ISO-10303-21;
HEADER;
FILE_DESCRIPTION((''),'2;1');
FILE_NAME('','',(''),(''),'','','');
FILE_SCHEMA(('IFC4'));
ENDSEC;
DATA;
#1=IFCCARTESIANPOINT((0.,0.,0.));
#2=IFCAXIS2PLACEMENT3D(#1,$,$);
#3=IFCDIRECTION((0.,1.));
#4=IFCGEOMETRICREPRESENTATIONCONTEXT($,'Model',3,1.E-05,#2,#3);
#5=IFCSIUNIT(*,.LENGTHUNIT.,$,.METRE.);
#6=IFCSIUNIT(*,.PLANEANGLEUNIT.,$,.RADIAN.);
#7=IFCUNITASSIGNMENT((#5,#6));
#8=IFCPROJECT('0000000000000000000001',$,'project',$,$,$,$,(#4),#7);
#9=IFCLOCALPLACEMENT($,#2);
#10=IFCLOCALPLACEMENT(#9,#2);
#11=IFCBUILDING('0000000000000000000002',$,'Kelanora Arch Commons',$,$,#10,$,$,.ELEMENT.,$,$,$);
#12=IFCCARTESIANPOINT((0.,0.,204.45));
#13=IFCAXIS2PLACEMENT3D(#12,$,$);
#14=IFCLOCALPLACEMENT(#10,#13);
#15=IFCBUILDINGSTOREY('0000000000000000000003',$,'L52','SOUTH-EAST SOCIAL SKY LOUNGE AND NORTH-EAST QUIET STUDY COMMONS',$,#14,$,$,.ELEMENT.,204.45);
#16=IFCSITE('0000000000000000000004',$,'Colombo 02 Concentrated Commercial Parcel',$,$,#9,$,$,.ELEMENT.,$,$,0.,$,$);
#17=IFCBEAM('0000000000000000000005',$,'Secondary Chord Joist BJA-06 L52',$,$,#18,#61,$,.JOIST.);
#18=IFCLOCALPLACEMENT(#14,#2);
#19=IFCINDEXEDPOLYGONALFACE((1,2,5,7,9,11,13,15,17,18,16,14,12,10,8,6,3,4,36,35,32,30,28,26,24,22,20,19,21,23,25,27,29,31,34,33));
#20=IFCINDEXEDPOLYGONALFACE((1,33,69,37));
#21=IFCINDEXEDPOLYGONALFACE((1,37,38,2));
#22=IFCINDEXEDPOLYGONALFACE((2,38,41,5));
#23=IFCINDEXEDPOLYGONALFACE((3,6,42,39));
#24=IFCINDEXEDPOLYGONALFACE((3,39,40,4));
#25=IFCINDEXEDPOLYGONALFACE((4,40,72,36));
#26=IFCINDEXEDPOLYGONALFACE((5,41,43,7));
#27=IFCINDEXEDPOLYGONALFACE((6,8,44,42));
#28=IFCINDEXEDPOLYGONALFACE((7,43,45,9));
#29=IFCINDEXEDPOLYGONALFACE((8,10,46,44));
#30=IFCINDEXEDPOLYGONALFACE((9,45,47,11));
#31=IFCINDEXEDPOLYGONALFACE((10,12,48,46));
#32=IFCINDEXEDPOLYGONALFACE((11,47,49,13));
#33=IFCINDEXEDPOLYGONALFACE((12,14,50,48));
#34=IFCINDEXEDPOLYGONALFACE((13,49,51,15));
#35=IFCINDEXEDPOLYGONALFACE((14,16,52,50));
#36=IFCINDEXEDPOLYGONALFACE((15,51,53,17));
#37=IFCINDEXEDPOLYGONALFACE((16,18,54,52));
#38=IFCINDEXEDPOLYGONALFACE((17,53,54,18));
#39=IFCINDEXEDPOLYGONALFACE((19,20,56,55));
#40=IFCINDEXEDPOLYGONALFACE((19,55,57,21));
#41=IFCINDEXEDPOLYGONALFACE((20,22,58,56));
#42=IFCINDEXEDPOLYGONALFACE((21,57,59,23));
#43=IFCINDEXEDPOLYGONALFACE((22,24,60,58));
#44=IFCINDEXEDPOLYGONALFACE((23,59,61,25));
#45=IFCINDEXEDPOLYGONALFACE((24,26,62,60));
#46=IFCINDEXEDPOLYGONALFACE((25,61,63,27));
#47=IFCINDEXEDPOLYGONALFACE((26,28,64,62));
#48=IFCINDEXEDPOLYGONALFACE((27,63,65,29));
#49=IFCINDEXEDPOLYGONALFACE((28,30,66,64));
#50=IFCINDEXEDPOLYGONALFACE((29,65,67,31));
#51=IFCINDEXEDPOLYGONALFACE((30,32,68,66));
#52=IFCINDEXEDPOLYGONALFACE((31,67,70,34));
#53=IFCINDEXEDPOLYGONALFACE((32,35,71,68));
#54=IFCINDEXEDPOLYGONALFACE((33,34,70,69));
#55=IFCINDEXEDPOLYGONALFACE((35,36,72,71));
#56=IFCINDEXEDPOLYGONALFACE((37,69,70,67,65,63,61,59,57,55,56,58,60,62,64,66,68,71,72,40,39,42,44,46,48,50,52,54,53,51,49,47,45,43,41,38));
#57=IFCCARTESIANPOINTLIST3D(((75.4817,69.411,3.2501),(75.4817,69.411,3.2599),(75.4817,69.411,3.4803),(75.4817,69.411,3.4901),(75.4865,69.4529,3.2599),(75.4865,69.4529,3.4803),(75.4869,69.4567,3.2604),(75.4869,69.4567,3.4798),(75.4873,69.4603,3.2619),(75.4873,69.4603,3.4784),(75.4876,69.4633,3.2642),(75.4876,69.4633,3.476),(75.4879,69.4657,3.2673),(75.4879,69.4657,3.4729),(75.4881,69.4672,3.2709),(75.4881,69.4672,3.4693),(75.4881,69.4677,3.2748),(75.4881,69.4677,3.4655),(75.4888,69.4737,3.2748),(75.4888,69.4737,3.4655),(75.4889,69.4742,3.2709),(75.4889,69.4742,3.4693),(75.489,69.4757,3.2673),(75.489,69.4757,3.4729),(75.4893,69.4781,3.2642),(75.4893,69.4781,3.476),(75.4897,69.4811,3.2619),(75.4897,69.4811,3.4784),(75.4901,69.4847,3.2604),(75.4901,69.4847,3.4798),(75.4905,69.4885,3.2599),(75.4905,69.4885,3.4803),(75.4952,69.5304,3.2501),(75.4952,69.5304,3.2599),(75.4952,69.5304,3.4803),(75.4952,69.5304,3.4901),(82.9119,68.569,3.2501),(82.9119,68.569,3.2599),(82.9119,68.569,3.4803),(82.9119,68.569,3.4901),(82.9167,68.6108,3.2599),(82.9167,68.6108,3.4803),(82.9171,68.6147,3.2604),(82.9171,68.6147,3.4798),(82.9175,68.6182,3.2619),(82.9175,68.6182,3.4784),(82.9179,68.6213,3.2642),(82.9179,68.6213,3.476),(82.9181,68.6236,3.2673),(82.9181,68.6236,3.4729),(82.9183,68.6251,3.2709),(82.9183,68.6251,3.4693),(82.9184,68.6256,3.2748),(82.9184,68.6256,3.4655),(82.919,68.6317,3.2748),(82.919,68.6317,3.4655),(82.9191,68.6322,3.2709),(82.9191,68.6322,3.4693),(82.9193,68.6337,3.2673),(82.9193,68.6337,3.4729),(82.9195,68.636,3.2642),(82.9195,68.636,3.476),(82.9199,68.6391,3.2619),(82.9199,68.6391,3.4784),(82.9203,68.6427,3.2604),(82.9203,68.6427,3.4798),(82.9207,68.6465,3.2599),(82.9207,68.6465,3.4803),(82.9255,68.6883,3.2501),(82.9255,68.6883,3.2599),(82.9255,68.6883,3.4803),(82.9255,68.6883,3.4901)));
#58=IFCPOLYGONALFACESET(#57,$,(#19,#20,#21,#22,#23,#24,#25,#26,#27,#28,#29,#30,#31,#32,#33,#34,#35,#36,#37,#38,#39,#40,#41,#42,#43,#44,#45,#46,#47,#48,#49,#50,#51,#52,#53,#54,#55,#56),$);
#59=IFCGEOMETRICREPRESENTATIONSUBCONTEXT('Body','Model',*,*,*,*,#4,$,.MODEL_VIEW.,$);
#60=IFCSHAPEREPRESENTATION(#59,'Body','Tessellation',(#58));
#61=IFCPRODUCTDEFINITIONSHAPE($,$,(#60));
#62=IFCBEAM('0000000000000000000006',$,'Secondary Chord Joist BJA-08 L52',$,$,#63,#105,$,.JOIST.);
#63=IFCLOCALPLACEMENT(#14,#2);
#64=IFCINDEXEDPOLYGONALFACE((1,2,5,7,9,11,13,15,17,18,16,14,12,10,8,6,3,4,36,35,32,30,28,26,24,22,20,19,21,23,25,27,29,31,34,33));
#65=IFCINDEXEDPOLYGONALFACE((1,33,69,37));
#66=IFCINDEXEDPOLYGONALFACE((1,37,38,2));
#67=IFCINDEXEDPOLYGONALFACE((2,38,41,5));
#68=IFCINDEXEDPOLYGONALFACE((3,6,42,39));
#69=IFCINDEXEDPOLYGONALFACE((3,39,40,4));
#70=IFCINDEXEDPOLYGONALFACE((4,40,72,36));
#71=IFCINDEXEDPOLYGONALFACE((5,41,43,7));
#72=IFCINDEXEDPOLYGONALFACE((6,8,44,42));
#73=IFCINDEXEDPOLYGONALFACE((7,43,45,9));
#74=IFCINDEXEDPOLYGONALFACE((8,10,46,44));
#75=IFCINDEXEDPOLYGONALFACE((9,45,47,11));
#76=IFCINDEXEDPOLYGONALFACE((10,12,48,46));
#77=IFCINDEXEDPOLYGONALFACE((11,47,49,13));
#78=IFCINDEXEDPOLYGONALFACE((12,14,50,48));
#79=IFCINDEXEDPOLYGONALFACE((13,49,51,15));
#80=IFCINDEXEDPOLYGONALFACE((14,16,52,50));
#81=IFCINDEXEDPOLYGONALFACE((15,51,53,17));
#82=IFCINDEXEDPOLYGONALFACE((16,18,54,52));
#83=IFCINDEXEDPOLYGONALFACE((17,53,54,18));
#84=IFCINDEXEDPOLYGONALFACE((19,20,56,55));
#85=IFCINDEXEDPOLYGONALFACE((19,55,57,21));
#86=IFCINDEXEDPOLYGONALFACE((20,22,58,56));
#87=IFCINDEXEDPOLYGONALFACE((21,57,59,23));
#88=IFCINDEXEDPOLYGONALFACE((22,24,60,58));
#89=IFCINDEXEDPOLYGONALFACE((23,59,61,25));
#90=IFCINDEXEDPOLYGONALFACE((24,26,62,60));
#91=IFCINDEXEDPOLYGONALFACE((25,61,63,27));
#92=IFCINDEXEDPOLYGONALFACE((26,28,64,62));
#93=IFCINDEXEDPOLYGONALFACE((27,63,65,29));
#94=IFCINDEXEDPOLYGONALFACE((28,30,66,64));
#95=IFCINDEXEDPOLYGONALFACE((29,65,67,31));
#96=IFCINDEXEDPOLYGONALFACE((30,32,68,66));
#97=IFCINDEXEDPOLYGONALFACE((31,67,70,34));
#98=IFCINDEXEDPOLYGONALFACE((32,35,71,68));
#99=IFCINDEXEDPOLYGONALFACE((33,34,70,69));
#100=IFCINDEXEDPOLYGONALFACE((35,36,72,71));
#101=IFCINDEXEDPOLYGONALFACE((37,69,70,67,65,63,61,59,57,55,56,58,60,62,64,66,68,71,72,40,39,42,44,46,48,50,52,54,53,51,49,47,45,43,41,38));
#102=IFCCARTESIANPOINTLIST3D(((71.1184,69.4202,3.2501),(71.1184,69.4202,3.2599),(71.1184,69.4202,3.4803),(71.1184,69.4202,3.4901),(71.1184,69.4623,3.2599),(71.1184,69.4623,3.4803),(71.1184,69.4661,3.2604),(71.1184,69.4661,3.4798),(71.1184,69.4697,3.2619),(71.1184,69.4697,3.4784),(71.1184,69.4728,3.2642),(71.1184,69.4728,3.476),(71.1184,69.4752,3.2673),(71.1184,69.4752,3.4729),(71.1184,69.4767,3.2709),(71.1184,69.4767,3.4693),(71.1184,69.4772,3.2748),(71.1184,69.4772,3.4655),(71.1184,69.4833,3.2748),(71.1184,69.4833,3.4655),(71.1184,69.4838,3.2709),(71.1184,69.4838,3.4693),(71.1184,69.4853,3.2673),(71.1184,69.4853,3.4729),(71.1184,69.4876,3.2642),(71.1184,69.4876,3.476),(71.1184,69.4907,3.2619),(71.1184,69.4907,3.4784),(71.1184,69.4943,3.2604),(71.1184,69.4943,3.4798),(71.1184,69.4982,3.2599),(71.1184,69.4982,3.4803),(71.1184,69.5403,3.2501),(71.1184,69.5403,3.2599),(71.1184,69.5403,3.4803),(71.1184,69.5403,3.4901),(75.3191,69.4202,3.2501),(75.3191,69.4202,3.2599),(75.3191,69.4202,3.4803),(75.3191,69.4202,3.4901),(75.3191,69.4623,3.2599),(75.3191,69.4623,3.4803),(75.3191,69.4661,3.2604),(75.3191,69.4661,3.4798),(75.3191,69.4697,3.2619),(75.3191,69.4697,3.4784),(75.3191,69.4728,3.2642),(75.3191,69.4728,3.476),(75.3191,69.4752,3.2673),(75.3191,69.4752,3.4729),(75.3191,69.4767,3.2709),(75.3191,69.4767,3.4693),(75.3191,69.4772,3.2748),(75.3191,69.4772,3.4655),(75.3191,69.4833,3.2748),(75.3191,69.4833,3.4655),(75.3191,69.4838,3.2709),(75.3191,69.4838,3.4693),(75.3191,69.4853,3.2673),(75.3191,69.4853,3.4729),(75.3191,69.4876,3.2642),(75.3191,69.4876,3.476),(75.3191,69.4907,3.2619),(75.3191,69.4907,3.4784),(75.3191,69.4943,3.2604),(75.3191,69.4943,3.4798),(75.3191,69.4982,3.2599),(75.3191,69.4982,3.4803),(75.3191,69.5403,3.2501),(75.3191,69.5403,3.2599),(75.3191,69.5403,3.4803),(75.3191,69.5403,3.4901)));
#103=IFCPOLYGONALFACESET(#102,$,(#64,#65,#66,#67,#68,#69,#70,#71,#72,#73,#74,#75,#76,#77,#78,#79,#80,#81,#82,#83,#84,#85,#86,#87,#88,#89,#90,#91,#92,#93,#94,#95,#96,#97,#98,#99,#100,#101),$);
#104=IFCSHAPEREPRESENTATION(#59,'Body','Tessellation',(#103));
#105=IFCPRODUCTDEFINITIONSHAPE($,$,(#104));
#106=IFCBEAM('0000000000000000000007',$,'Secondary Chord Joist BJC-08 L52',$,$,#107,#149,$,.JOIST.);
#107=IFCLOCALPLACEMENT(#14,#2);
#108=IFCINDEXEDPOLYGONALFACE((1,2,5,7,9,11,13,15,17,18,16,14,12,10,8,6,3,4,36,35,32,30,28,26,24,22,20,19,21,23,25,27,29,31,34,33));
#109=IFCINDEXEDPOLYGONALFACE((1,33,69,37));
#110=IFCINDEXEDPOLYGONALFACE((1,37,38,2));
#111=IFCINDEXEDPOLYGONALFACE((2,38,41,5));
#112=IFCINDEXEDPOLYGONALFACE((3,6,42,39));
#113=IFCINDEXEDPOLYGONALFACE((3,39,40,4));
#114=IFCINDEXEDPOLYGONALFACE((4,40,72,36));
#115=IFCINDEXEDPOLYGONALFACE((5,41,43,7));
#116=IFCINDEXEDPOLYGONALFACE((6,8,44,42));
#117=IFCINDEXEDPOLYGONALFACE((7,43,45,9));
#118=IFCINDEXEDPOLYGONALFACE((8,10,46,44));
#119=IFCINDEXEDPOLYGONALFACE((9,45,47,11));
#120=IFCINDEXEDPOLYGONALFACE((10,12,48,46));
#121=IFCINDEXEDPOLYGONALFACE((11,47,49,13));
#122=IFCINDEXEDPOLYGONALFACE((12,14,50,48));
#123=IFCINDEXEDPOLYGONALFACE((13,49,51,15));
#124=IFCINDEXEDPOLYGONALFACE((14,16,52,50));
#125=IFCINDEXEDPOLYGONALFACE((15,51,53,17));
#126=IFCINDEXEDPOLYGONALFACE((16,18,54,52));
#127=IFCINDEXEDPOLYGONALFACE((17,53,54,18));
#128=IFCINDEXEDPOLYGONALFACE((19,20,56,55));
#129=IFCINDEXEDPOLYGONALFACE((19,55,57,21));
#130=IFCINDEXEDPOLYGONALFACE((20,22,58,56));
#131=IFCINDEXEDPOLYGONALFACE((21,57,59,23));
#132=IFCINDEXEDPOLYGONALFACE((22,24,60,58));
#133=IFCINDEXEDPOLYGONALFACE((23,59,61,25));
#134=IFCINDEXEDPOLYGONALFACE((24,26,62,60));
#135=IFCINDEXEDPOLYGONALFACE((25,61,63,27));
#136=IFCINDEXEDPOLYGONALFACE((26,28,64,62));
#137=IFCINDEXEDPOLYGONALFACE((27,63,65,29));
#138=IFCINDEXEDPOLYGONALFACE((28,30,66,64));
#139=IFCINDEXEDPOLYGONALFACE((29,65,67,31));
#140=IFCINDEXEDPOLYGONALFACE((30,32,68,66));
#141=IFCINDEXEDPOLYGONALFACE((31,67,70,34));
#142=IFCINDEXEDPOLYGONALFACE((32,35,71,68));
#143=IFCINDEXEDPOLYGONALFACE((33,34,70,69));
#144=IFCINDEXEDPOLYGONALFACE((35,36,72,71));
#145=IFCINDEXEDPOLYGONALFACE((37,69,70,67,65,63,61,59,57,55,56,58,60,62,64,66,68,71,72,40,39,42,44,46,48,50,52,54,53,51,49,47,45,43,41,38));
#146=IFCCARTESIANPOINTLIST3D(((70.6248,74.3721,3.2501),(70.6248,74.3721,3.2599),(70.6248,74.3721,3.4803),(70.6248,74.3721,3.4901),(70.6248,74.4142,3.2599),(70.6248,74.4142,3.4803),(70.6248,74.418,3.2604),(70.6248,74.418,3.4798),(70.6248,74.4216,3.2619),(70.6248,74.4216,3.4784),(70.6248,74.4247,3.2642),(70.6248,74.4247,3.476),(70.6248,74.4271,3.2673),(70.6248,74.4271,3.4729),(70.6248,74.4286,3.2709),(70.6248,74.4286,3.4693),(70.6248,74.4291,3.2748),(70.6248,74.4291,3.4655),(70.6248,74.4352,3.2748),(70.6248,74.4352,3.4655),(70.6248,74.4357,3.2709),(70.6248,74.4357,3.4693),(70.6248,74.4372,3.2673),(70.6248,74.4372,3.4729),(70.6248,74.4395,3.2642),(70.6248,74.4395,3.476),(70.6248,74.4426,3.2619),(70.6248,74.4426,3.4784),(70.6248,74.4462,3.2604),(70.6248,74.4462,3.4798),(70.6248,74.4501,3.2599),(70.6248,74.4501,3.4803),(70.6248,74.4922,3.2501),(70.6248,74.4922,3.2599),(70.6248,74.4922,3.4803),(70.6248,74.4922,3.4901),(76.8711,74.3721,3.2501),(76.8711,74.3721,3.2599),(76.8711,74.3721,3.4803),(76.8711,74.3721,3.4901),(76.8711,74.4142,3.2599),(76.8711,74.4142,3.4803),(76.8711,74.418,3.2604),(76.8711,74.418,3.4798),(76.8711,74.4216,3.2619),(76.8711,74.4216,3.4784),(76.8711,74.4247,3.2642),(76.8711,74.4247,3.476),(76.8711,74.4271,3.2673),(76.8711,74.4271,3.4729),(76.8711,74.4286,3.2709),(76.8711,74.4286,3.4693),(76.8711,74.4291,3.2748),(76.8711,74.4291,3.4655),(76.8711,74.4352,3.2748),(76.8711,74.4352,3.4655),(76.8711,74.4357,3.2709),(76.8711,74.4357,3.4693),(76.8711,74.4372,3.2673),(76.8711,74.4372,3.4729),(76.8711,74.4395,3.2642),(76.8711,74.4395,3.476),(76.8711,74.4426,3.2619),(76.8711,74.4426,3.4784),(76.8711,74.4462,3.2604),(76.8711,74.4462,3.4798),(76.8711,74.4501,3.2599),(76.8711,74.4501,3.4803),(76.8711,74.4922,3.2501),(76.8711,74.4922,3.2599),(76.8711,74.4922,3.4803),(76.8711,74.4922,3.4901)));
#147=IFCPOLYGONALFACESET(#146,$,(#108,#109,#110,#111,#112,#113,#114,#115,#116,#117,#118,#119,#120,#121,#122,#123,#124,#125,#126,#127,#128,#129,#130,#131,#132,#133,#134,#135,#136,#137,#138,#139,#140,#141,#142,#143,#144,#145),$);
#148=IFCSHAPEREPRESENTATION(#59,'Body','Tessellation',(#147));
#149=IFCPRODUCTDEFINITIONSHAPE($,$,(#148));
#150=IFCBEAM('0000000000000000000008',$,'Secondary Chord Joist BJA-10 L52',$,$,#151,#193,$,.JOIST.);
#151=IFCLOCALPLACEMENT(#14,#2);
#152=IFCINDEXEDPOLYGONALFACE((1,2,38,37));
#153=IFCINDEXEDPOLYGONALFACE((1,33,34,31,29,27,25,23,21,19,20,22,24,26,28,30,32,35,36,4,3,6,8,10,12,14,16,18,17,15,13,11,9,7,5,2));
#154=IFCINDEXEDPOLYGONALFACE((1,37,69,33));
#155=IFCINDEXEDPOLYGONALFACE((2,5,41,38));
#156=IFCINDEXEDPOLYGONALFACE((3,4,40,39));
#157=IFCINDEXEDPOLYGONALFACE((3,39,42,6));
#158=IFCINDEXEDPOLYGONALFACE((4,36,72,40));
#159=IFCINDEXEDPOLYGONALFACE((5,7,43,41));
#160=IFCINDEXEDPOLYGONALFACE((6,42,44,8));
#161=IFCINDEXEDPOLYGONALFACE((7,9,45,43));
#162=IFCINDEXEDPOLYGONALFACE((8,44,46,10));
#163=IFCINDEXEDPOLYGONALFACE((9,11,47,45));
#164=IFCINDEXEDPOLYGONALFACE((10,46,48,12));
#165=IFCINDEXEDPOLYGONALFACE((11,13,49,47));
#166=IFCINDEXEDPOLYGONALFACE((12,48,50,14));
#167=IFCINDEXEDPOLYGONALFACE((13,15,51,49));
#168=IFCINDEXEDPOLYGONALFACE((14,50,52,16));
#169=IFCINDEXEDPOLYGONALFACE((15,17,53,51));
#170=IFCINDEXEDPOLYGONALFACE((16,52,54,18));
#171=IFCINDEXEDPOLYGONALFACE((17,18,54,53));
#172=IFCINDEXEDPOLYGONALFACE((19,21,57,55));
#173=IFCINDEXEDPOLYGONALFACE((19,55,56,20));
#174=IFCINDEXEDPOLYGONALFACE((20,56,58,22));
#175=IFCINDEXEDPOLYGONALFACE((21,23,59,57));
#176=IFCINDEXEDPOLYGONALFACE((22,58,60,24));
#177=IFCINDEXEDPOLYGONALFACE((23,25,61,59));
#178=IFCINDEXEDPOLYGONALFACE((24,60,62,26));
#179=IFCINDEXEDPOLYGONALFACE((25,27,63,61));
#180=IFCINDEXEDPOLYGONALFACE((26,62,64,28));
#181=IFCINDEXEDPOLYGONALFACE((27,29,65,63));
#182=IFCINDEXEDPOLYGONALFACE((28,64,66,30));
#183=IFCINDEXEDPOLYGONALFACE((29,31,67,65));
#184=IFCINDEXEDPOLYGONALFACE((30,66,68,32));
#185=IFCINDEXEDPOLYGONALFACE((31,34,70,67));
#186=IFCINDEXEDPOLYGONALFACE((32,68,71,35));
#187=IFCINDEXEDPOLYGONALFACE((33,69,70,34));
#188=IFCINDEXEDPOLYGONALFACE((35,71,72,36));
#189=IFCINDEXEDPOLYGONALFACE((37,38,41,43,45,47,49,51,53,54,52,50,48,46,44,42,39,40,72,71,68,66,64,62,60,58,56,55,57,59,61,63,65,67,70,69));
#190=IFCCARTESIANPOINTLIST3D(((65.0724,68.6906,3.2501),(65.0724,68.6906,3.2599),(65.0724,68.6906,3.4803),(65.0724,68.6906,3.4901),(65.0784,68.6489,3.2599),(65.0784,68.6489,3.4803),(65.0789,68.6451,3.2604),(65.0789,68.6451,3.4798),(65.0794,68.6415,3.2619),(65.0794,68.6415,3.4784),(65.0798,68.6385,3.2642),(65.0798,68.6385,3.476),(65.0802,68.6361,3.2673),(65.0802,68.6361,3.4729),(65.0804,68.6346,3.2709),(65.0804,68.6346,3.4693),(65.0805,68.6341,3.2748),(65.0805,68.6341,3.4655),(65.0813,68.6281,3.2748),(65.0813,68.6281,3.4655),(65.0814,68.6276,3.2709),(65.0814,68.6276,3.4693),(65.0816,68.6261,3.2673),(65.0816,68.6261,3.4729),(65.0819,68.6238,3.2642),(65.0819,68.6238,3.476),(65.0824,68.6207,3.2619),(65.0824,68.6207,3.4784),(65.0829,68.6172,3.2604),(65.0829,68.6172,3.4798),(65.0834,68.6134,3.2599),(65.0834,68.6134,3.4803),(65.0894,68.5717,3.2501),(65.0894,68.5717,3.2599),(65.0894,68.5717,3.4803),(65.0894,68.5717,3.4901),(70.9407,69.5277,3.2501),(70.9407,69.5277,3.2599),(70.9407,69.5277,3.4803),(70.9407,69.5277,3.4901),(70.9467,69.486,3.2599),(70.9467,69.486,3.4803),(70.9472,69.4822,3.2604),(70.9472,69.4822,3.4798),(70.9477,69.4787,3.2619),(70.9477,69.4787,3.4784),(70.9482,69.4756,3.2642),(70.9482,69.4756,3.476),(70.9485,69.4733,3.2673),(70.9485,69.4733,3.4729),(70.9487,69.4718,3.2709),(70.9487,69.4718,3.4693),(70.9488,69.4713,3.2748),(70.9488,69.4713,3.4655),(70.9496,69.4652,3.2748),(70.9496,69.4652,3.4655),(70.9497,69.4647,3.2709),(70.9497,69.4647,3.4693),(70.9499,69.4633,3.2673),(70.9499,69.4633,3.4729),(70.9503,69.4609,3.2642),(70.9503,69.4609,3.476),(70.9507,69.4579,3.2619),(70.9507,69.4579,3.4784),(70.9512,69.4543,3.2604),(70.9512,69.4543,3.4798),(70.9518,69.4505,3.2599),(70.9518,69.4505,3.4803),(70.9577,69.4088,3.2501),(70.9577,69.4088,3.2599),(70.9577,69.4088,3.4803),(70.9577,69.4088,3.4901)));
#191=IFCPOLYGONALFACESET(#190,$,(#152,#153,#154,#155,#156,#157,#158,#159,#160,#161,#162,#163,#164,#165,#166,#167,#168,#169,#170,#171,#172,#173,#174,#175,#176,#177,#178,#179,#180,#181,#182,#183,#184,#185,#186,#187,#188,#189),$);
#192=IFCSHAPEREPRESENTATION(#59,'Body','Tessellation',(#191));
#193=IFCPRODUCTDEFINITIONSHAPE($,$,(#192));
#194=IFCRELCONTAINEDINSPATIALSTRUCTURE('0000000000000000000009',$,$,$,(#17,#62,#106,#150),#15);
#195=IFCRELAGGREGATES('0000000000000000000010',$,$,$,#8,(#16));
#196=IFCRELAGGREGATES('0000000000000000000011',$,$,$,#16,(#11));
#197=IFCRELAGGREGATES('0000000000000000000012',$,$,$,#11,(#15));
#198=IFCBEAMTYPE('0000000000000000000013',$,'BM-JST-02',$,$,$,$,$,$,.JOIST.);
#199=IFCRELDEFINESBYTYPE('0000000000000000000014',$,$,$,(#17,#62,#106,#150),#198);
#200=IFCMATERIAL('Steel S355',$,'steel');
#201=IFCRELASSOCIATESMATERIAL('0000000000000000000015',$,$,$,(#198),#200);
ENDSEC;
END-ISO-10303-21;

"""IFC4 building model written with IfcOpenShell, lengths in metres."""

from ifc_helpers import new_model, si_unit, direction, frame, origin, origin_2d, place, context, subcontext, project, spatial, i_section, extrude, material, material_profile, profile_set, type_object, element, save


model = new_model("IFC4")

# Units and contexts
model_context = context("Model", 3, precision=1e-05, world=origin(), true_north=direction((0.0, 1.0)))
body_context = subcontext(model_context, "Body", "Model", "MODEL_VIEW")
ifc_project = project(units=[si_unit("LENGTHUNIT", "METRE"), si_unit("PLANEANGLEUNIT", "RADIAN")], contexts=[model_context])

# Site, building, storey
site_placement = place(None, origin())
site = spatial("IfcSite", under=ifc_project, at=site_placement, Name="Colombo 02 Concentrated Commercial Parcel", CompositionType="ELEMENT", RefElevation=0.0)
building_placement = place(site_placement, origin())
building = spatial("IfcBuilding", under=site, at=building_placement, Name="Kelanora Arch Commons", CompositionType="ELEMENT")
storey_placement = place(building_placement, frame((0.0, 0.0, 204.45)))
storey = spatial("IfcBuildingStorey", under=building, at=storey_placement, Name="L52", Description="SOUTH-EAST SOCIAL SKY LOUNGE AND NORTH-EAST QUIET STUDY COMMONS", CompositionType="ELEMENT", Elevation=204.45)

# Beams
ifc_material_1 = material(Name="Steel S355", Category="steel")
ifc_material_profile_1 = material_profile(ifc_material_1, i_section(OverallWidth=0.1201, OverallDepth=0.24, WebThickness=0.0061, FlangeThickness=0.0098, FilletRadius=0.0149, at=origin_2d()), Name="IPE240")
ifc_profile_set_1 = profile_set([ifc_material_profile_1], Name="Steel S355")
beam_type_1 = type_object("IfcBeamType", Name="BM-JST-02", PredefinedType="JOIST", material=ifc_profile_set_1)
beam_1_placement = place(storey_placement, frame((82.9187, 68.6287, 3.3701), z_axis=(-0.99364, 0.112606, 0.0), x_axis=(-0.112606, -0.99364, 0.0)))
element("IfcBeam", 1, at=beam_1_placement, inside=storey, type_object=beam_type_1, Name="Secondary Chord Joist BJA-06 L52", PredefinedType="JOIST", context=body_context, shape_type="SweptSolid", body=[
    extrude(i_section(OverallWidth=0.1201, OverallDepth=0.24, WebThickness=0.0061, FlangeThickness=0.0098, FilletRadius=0.0149, at=origin_2d()), origin(), (0.0, 0.0, 1.0), 7.4778),
])
beam_2_placement = place(storey_placement, frame((75.3191, 69.4802, 3.3701), z_axis=(-1.0, 0.0, 0.0), x_axis=(0.0, -1.0, 0.0)))
element("IfcBeam", 2, at=beam_2_placement, inside=storey, type_object=beam_type_1, Name="Secondary Chord Joist BJA-08 L52", PredefinedType="JOIST", context=body_context, shape_type="SweptSolid", body=[
    extrude(i_section(OverallWidth=0.1201, OverallDepth=0.24, WebThickness=0.0061, FlangeThickness=0.0098, FilletRadius=0.0149, at=origin_2d()), origin(), (0.0, 0.0, 1.0), 4.2007),
])
beam_3_placement = place(storey_placement, frame((76.8711, 74.4321, 3.3701), z_axis=(-1.0, 0.0, 0.0), x_axis=(0.0, -1.0, 0.0)))
element("IfcBeam", 3, at=beam_3_placement, inside=storey, type_object=beam_type_1, Name="Secondary Chord Joist BJC-08 L52", PredefinedType="JOIST", context=body_context, shape_type="SweptSolid", body=[
    extrude(i_section(OverallWidth=0.1201, OverallDepth=0.24, WebThickness=0.0061, FlangeThickness=0.0098, FilletRadius=0.0149, at=origin_2d()), origin(), (0.0, 0.0, 1.0), 6.2463),
])
beam_4_placement = place(storey_placement, frame((70.9492, 69.4683, 3.3701), z_axis=(-0.989977, -0.141225, 0.0), x_axis=(0.141225, -0.989977, 0.0)))
element("IfcBeam", 4, at=beam_4_placement, inside=storey, type_object=beam_type_1, Name="Secondary Chord Joist BJA-10 L52", PredefinedType="JOIST", context=body_context, shape_type="SweptSolid", body=[
    extrude(i_section(OverallWidth=0.1201, OverallDepth=0.24, WebThickness=0.0061, FlangeThickness=0.0098, FilletRadius=0.0149, at=origin_2d()), origin(), (0.0, 0.0, 1.0), 5.9277),
])

save(model, "model.ifc")
